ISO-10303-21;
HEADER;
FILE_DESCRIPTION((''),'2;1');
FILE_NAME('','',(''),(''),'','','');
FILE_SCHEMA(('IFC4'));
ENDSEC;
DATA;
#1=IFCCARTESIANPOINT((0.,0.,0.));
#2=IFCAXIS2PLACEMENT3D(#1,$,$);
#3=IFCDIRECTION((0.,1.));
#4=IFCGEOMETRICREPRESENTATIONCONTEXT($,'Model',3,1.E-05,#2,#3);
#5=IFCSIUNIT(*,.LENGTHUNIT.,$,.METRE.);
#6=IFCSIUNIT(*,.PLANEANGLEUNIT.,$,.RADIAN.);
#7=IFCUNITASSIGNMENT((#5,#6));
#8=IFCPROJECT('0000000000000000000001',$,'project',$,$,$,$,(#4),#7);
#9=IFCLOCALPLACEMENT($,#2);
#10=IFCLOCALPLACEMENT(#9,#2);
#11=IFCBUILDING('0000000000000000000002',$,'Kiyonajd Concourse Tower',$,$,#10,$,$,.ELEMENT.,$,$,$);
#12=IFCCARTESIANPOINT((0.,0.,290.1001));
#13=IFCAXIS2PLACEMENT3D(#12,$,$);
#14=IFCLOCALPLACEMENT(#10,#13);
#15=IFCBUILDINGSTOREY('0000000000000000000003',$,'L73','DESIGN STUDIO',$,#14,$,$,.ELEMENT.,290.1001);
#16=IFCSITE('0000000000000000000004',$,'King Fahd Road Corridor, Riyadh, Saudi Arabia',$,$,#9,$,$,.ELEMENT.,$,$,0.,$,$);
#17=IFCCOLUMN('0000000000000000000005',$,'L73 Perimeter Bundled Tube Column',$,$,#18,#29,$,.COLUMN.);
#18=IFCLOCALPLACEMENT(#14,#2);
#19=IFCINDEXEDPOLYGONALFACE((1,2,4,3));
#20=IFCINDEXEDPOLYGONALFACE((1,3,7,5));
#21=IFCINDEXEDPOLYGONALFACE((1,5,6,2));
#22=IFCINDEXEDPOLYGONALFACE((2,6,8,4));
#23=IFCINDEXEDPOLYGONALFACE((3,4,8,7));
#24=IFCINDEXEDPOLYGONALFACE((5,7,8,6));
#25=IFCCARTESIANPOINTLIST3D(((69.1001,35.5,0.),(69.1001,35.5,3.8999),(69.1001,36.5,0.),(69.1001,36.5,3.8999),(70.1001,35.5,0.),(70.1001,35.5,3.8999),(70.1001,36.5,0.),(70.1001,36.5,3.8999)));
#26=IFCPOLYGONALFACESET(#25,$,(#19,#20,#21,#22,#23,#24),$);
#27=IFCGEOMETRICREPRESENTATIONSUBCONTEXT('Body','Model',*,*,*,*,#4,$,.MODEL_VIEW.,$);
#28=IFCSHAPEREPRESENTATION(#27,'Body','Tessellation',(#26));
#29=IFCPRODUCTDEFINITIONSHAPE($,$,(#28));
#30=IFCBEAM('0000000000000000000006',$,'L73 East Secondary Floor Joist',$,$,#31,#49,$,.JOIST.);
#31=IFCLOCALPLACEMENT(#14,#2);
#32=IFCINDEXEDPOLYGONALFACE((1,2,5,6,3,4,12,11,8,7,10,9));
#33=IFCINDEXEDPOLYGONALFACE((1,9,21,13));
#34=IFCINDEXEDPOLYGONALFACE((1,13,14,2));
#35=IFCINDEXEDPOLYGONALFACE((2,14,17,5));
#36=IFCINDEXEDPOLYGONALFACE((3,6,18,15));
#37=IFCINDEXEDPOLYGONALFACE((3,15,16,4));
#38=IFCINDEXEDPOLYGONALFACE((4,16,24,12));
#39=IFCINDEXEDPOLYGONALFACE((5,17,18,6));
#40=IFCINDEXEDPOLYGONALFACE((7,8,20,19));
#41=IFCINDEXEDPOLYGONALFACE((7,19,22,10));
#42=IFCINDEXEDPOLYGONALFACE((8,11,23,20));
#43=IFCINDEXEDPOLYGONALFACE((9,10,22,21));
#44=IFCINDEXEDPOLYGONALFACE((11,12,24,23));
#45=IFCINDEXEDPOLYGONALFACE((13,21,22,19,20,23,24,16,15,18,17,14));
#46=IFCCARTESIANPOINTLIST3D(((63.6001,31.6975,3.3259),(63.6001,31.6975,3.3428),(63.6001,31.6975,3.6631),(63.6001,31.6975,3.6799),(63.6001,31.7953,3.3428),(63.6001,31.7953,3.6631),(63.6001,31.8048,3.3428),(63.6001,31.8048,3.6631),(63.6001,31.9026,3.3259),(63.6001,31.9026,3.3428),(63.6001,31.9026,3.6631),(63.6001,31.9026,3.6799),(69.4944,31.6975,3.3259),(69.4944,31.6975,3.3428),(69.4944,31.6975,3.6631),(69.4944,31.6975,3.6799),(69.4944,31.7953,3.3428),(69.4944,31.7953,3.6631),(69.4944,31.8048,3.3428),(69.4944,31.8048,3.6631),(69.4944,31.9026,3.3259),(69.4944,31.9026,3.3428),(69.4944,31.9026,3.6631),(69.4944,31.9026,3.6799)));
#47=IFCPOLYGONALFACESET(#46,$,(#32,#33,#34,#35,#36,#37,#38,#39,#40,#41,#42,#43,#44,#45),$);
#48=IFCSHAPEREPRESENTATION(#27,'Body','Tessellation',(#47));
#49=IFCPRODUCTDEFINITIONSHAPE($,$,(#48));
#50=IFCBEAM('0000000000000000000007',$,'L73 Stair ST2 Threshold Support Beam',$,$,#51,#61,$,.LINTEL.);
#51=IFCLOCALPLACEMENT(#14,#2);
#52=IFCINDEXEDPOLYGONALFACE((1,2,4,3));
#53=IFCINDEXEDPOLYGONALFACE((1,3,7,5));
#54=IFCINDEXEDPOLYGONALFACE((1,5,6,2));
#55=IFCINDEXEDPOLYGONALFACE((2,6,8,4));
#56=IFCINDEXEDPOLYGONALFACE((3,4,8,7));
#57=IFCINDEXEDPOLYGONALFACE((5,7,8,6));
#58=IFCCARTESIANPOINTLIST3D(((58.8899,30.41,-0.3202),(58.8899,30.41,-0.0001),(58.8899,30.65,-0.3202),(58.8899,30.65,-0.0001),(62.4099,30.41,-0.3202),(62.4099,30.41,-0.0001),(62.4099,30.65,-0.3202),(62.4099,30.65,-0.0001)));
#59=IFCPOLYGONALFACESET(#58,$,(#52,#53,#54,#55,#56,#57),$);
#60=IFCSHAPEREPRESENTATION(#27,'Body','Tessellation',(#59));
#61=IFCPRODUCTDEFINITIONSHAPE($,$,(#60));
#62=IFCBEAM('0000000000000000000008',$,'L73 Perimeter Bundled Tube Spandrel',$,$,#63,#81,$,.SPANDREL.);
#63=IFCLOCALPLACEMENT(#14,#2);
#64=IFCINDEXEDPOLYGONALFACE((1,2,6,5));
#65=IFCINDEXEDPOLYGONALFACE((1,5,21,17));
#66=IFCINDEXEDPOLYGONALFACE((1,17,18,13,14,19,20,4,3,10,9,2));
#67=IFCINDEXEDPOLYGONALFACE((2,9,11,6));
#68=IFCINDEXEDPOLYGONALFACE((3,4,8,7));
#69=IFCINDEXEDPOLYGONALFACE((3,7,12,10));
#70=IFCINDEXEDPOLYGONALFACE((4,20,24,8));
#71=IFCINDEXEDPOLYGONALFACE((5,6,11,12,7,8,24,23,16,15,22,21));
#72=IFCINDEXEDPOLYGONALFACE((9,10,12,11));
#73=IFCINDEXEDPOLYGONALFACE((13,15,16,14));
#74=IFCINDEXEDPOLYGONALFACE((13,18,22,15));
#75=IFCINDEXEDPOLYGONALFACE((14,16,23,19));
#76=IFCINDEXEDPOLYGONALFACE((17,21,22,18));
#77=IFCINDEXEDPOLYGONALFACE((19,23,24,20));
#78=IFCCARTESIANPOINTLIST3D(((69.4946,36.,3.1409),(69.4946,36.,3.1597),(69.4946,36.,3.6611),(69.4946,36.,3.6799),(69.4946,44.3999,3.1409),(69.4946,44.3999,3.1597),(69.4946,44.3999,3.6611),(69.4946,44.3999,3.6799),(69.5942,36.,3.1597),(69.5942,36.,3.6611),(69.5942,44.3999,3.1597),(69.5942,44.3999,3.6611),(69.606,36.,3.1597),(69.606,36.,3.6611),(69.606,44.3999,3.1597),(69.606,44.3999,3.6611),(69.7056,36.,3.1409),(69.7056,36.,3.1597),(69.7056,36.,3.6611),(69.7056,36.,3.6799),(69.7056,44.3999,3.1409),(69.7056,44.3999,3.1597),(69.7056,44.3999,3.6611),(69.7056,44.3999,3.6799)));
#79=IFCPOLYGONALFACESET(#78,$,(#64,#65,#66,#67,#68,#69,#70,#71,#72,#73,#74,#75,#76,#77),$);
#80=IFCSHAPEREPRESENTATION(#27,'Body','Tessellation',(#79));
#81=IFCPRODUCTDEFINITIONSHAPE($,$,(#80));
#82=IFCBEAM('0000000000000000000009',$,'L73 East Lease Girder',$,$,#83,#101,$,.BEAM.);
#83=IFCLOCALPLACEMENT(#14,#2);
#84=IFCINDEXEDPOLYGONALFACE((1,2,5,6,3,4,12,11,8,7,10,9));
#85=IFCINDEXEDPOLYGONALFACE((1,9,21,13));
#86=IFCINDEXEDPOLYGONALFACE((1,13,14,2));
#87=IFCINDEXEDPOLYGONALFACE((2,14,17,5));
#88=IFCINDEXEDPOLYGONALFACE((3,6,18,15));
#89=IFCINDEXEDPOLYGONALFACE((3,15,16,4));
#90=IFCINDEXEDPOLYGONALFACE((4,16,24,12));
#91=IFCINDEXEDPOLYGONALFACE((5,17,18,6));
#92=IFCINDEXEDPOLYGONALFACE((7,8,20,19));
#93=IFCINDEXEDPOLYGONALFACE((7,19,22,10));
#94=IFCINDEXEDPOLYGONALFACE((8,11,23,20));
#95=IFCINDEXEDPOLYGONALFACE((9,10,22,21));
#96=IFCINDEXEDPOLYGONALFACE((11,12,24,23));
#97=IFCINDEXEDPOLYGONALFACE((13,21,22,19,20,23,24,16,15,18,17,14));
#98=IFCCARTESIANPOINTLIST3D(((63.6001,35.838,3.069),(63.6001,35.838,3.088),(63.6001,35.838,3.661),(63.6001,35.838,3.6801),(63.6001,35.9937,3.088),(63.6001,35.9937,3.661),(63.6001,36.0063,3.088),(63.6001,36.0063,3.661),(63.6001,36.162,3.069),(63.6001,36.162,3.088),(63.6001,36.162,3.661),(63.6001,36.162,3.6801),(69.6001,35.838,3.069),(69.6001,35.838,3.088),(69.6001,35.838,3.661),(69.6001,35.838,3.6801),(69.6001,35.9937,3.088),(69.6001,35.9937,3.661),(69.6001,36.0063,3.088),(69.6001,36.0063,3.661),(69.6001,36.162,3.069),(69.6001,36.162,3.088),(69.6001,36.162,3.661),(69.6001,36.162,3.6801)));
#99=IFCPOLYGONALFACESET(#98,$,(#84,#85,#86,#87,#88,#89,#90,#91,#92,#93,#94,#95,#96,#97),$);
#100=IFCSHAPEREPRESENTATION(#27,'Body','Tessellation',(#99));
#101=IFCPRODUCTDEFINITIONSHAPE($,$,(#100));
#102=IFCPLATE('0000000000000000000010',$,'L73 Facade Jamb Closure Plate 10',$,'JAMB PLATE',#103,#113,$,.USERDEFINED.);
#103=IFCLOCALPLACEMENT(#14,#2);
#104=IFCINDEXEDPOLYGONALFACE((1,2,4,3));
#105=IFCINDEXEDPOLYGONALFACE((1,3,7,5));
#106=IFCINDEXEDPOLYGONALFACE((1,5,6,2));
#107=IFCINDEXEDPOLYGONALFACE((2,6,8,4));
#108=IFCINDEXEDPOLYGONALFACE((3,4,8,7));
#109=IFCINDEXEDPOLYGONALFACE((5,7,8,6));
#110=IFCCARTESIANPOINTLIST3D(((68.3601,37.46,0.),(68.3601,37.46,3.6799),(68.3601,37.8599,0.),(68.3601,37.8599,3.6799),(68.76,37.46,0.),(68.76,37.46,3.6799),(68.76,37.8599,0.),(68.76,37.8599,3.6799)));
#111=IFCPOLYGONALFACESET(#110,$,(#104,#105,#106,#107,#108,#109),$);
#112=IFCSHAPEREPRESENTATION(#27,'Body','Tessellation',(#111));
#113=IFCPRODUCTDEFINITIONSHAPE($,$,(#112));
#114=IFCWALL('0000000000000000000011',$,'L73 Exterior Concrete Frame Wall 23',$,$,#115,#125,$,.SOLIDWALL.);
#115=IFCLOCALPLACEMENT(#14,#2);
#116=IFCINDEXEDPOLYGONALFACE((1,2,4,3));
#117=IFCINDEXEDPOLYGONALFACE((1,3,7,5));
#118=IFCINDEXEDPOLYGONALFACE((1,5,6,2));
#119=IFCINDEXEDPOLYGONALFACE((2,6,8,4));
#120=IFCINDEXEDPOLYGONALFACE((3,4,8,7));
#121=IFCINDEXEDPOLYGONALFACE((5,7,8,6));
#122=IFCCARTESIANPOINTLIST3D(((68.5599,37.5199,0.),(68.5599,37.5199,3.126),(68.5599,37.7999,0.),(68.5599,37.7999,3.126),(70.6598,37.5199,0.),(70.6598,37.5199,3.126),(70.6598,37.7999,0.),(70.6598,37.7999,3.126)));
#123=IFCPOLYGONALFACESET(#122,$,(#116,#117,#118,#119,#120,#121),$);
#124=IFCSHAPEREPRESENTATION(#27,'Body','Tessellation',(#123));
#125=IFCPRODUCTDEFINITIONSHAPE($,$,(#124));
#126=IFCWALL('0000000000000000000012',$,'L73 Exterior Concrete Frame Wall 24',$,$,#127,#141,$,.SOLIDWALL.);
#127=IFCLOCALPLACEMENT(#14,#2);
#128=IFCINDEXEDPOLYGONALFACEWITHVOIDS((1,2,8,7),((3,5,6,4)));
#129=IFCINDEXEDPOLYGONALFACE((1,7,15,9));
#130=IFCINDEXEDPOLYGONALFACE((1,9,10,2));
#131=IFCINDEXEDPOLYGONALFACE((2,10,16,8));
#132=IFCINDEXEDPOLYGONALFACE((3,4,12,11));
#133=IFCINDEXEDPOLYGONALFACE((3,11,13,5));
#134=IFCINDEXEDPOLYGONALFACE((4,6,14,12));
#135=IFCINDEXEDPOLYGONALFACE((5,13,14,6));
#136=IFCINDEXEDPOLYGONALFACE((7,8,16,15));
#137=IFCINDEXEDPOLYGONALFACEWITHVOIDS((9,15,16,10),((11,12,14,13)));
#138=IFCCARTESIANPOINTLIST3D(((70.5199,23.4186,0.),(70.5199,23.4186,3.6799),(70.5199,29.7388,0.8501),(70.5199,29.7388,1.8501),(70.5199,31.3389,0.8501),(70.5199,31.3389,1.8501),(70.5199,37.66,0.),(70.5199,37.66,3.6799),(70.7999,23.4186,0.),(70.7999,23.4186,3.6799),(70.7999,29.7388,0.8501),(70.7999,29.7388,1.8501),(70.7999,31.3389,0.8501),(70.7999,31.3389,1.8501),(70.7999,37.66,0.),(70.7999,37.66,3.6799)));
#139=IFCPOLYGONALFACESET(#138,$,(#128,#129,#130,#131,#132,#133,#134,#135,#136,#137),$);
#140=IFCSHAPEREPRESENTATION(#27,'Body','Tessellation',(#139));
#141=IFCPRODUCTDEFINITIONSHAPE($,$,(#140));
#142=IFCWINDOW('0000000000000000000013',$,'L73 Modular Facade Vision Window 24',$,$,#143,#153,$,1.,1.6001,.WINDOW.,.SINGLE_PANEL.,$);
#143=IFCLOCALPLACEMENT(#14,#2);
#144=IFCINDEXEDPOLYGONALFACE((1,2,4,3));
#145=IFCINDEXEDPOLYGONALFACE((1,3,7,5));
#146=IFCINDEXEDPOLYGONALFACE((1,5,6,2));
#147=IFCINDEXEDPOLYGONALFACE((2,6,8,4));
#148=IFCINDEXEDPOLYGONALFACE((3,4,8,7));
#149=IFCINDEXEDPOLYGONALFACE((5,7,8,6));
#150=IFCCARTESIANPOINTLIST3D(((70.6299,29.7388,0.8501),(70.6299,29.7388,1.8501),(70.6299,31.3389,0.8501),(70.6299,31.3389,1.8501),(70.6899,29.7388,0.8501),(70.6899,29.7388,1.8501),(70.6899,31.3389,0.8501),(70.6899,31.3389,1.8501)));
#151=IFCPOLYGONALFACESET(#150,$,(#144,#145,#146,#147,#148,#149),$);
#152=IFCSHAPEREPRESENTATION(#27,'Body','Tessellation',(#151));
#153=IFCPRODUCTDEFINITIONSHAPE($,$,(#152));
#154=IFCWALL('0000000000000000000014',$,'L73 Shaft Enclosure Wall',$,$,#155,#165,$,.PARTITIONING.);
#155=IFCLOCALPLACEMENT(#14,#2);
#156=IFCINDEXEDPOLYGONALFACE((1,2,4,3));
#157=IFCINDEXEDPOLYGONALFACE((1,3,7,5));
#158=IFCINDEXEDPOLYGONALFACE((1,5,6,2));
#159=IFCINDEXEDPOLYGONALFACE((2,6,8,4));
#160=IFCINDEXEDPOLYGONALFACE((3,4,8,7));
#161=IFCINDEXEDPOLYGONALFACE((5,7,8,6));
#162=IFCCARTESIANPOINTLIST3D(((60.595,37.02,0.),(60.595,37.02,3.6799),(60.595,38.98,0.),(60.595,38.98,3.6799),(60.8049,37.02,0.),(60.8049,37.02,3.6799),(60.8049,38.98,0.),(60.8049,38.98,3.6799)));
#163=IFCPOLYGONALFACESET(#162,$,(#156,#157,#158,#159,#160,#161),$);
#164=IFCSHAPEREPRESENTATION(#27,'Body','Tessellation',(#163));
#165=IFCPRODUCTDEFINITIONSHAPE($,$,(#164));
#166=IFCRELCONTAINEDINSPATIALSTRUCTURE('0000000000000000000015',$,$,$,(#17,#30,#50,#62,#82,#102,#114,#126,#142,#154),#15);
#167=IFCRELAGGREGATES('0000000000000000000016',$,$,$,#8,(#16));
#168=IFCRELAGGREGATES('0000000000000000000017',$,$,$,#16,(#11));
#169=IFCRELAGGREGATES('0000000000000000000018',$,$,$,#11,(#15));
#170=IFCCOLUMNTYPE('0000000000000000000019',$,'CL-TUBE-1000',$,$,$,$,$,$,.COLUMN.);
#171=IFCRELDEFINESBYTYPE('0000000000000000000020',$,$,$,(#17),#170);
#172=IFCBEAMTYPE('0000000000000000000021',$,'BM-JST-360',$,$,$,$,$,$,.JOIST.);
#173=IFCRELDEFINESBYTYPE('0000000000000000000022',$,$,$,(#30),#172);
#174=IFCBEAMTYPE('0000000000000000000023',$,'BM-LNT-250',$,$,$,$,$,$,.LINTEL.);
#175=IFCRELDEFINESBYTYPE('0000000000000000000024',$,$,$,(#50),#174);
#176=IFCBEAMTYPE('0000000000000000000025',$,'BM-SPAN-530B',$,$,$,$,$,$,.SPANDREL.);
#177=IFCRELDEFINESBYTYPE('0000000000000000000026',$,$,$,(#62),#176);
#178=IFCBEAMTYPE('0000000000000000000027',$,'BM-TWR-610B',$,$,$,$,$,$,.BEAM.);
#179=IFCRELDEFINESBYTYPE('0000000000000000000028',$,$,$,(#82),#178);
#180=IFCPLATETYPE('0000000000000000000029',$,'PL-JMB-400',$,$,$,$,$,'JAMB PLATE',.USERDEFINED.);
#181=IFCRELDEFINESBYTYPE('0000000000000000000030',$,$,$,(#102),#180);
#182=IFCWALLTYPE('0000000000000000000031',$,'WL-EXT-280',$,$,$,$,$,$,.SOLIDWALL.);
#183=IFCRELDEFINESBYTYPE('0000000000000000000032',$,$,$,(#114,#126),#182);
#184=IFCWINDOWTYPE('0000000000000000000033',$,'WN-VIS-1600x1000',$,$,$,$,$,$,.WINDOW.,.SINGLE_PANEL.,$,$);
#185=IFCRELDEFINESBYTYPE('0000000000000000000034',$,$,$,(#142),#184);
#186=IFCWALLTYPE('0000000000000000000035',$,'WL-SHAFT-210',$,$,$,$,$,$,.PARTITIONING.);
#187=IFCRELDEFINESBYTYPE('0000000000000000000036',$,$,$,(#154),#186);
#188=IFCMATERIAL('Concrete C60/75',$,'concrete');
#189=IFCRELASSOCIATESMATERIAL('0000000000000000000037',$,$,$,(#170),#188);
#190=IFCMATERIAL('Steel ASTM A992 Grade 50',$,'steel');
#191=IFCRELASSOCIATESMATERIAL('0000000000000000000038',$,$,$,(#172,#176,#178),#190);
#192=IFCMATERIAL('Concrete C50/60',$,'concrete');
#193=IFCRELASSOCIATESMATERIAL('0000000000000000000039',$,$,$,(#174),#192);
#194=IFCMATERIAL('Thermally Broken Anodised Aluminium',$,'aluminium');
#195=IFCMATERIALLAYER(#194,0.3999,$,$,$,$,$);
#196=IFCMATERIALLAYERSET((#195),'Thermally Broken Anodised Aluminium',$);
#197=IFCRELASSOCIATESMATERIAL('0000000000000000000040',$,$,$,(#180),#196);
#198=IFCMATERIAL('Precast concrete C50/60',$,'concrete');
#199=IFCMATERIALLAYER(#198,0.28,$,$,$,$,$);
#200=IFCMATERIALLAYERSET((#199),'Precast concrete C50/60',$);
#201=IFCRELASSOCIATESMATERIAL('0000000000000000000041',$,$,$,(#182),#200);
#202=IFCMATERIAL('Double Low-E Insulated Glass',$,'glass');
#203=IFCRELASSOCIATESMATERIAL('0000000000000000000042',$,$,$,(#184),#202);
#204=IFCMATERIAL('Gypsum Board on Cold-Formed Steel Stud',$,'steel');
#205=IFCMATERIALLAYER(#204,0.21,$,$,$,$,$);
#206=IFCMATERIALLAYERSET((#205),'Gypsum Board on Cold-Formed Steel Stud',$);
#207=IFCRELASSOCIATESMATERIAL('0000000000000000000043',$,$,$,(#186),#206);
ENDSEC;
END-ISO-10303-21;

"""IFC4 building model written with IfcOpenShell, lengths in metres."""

from ifc_helpers import new_model, si_unit, direction, frame, frame_2d, origin, origin_2d, place, context, subcontext, project, spatial, rectangle, i_section, extrude, material, layer, layer_set, material_profile, profile_set, type_object, element, fill, save


model = new_model("IFC4")

# Units and contexts
model_context = context("Model", 3, precision=1e-05, world=origin(), true_north=direction((0.0, 1.0)))
body_context = subcontext(model_context, "Body", "Model", "MODEL_VIEW")
ifc_project = project(units=[si_unit("LENGTHUNIT", "METRE"), si_unit("PLANEANGLEUNIT", "RADIAN")], contexts=[model_context])

# Site, building, storey
site_placement = place(None, origin())
site = spatial("IfcSite", under=ifc_project, at=site_placement, Name="King Fahd Road Corridor, Riyadh, Saudi Arabia", CompositionType="ELEMENT", RefElevation=0.0)
building_placement = place(site_placement, origin())
building = spatial("IfcBuilding", under=site, at=building_placement, Name="Kiyonajd Concourse Tower", CompositionType="ELEMENT")
storey_placement = place(building_placement, frame((0.0, 0.0, 290.1001)))
storey = spatial("IfcBuildingStorey", under=building, at=storey_placement, Name="L73", Description="DESIGN STUDIO", CompositionType="ELEMENT", Elevation=290.1001)

# Column
ifc_material_1 = material(Name="Concrete C60/75", Category="concrete")
ifc_material_profile_1 = material_profile(ifc_material_1, rectangle(XDim=1.0, YDim=1.0, at=origin_2d()), Name="RC-1000x1000")
ifc_profile_set_1 = profile_set([ifc_material_profile_1], Name="Concrete C60/75")
column_type = type_object("IfcColumnType", Name="CL-TUBE-1000", PredefinedType="COLUMN", material=ifc_profile_set_1)
column_placement = place(storey_placement, frame((69.6001, 36.0, 0.0), z_axis=(0.0, 0.0, 1.0), x_axis=(1.0, 0.0, 0.0)))
element("IfcColumn", 1, at=column_placement, inside=storey, type_object=column_type, Name="L73 Perimeter Bundled Tube Column", PredefinedType="COLUMN", context=body_context, shape_type="SweptSolid", body=[
    extrude(rectangle(XDim=1.0, YDim=1.0, at=origin_2d()), origin(), (0.0, 0.0, 1.0), 3.8999),
])

# Beams
ifc_material_2 = material(Name="Steel ASTM A992 Grade 50", Category="steel")
ifc_material_profile_2 = material_profile(ifc_material_2, i_section(OverallWidth=0.2051, OverallDepth=0.354, WebThickness=0.0095, FlangeThickness=0.0168, at=origin_2d()), Name="W360X79")
ifc_profile_set_2 = profile_set([ifc_material_profile_2], Name="Steel ASTM A992 Grade 50")
beam_type_1 = type_object("IfcBeamType", Name="BM-JST-360", PredefinedType="JOIST", material=ifc_profile_set_2)
beam_1_placement = place(storey_placement, frame((63.6001, 31.8, 3.5029), z_axis=(1.0, 0.0, 0.0), x_axis=(0.0, 1.0, 0.0)))
element("IfcBeam", 2, at=beam_1_placement, inside=storey, type_object=beam_type_1, Name="L73 East Secondary Floor Joist", PredefinedType="JOIST", context=body_context, shape_type="SweptSolid", body=[
    extrude(i_section(OverallWidth=0.2051, OverallDepth=0.354, WebThickness=0.0095, FlangeThickness=0.0168, at=origin_2d()), origin(), (0.0, 0.0, 1.0), 5.8943),
])
ifc_material_3 = material(Name="Concrete C50/60", Category="concrete")
ifc_material_profile_3 = material_profile(ifc_material_3, rectangle(XDim=0.24, YDim=0.3201, at=origin_2d()), Name="RCBM-240x320")
ifc_profile_set_3 = profile_set([ifc_material_profile_3], Name="Concrete C50/60")
beam_type_2 = type_object("IfcBeamType", Name="BM-LNT-250", PredefinedType="LINTEL", material=ifc_profile_set_3)
beam_2_placement = place(storey_placement, frame((58.8899, 30.53, -0.1602), z_axis=(1.0, 0.0, 0.0), x_axis=(0.0, 1.0, 0.0)))
element("IfcBeam", 3, at=beam_2_placement, inside=storey, type_object=beam_type_2, Name="L73 Stair ST2 Threshold Support Beam", PredefinedType="LINTEL", context=body_context, shape_type="SweptSolid", body=[
    extrude(rectangle(XDim=0.24, YDim=0.3201, at=origin_2d()), origin(), (0.0, 0.0, 1.0), 3.52),
])
ifc_material_profile_4 = material_profile(ifc_material_2, i_section(OverallWidth=0.2109, OverallDepth=0.5391, WebThickness=0.0117, FlangeThickness=0.0188, at=origin_2d()), Name="W530X109")
ifc_profile_set_4 = profile_set([ifc_material_profile_4], Name="Steel ASTM A992 Grade 50")
beam_type_3 = type_object("IfcBeamType", Name="BM-SPAN-530B", PredefinedType="SPANDREL", material=ifc_profile_set_4)
beam_3_placement = place(storey_placement, frame((69.6001, 36.0, 3.4104), z_axis=(0.0, 1.0, 0.0), x_axis=(-1.0, 0.0, 0.0)))
element("IfcBeam", 4, at=beam_3_placement, inside=storey, type_object=beam_type_3, Name="L73 Perimeter Bundled Tube Spandrel", PredefinedType="SPANDREL", context=body_context, shape_type="SweptSolid", body=[
    extrude(i_section(OverallWidth=0.2109, OverallDepth=0.5391, WebThickness=0.0117, FlangeThickness=0.0188, at=origin_2d()), origin(), (0.0, 0.0, 1.0), 8.3999),
])
ifc_material_profile_5 = material_profile(ifc_material_2, i_section(OverallWidth=0.324, OverallDepth=0.6111, WebThickness=0.0127, FlangeThickness=0.019, at=origin_2d()), Name="W610X155")
ifc_profile_set_5 = profile_set([ifc_material_profile_5], Name="Steel ASTM A992 Grade 50")
beam_type_4 = type_object("IfcBeamType", Name="BM-TWR-610B", PredefinedType="BEAM", material=ifc_profile_set_5)
beam_4_placement = place(storey_placement, frame((63.6001, 36.0, 3.3745), z_axis=(1.0, 0.0, 0.0), x_axis=(0.0, 1.0, 0.0)))
element("IfcBeam", 5, at=beam_4_placement, inside=storey, type_object=beam_type_4, Name="L73 East Lease Girder", PredefinedType="BEAM", context=body_context, shape_type="SweptSolid", body=[
    extrude(i_section(OverallWidth=0.324, OverallDepth=0.6111, WebThickness=0.0127, FlangeThickness=0.019, at=origin_2d()), origin(), (0.0, 0.0, 1.0), 6.0),
])

# Plate
ifc_material_4 = material(Name="Thermally Broken Anodised Aluminium", Category="aluminium")
ifc_layer_1 = layer(ifc_material_4, 0.3999)
ifc_layer_set_1 = layer_set([ifc_layer_1], Name="Thermally Broken Anodised Aluminium")
plate_type = type_object("IfcPlateType", Name="PL-JMB-400", ElementType="JAMB PLATE", PredefinedType="USERDEFINED", material=ifc_layer_set_1)
plate_placement = place(storey_placement, frame((68.5601, 37.6599, 0.0), z_axis=(0.0, 0.0, 1.0), x_axis=(1.0, 0.0, 0.0)))
element("IfcPlate", 6, at=plate_placement, inside=storey, type_object=plate_type, Name="L73 Facade Jamb Closure Plate 10", ObjectType="JAMB PLATE", PredefinedType="USERDEFINED", context=body_context, shape_type="SweptSolid", body=[
    extrude(rectangle(XDim=0.3999, YDim=0.3999, at=origin_2d()), origin(), (0.0, 0.0, 1.0), 3.6799),
])

# Wall
ifc_material_5 = material(Name="Precast concrete C50/60", Category="concrete")
ifc_layer_2 = layer(ifc_material_5, 0.28)
ifc_layer_set_2 = layer_set([ifc_layer_2], Name="Precast concrete C50/60")
wall_type_1 = type_object("IfcWallType", Name="WL-EXT-280", PredefinedType="SOLIDWALL", material=ifc_layer_set_2)
wall_1_placement = place(storey_placement, frame((68.5601, 37.6599, 0.0), z_axis=(0.0, 0.0, 1.0), x_axis=(1.0, 0.0, 0.0)))
element("IfcWall", 7, at=wall_1_placement, inside=storey, type_object=wall_type_1, Name="L73 Exterior Concrete Frame Wall 23", PredefinedType="SOLIDWALL", context=body_context, shape_type="SweptSolid", body=[
    extrude(rectangle(XDim=2.0999, YDim=0.28, at=frame_2d((1.0498, 0.0))), origin(), (0.0, 0.0, 1.0), 3.126),
])

# Wall, opening, window
wall_2_placement = place(storey_placement, frame((70.6599, 37.6599, 0.0), z_axis=(0.0, 0.0, 1.0), x_axis=(0.0, -1.0, 0.0)))
wall_2 = element("IfcWall", 8, at=wall_2_placement, inside=storey, type_object=wall_type_1, Name="L73 Exterior Concrete Frame Wall 24", PredefinedType="SOLIDWALL", context=body_context, shape_type="SweptSolid", body=[
    extrude(rectangle(XDim=14.2415, YDim=0.28, at=frame_2d((7.1206, 0.0))), origin(), (0.0, 0.0, 1.0), 3.6799),
])
opening_placement = place(wall_2_placement, frame((6.321, 0.0, 0.8501)))
opening = element("IfcOpeningElement", 9, at=opening_placement, cuts=wall_2, PredefinedType="OPENING", context=body_context, shape_type="SweptSolid", body=[
    extrude(rectangle(XDim=1.6001, YDim=1.0, at=frame_2d((0.8, 0.5))), frame((0.0, 0.1499, 0.0), z_axis=(0.0, -1.0, 0.0), x_axis=(1.0, 0.0, 0.0)), (0.0, 0.0, 1.0), 0.3),
])
ifc_material_6 = material(Name="Double Low-E Insulated Glass", Category="glass")
window_type = type_object("IfcWindowType", Name="WN-VIS-1600x1000", PartitioningType="SINGLE_PANEL", PredefinedType="WINDOW", material=ifc_material_6)
window_placement = place(opening_placement, origin())
window = element("IfcWindow", 10, at=window_placement, inside=storey, type_object=window_type, Name="L73 Modular Facade Vision Window 24", OverallHeight=1.0, OverallWidth=1.6001, PartitioningType="SINGLE_PANEL", PredefinedType="WINDOW", context=body_context, shape_type="SweptSolid", body=[
    extrude(rectangle(XDim=1.6001, YDim=1.0, at=frame_2d((0.8, 0.5))), frame((0.0, 0.03, 0.0), z_axis=(0.0, -1.0, 0.0), x_axis=(1.0, 0.0, 0.0)), (0.0, 0.0, 1.0), 0.0601),
])
fill(opening, window)

# Wall
ifc_material_7 = material(Name="Gypsum Board on Cold-Formed Steel Stud", Category="steel")
ifc_layer_3 = layer(ifc_material_7, 0.21)
ifc_layer_set_3 = layer_set([ifc_layer_3], Name="Gypsum Board on Cold-Formed Steel Stud")
wall_type_2 = type_object("IfcWallType", Name="WL-SHAFT-210", PredefinedType="PARTITIONING", material=ifc_layer_set_3)
wall_3_placement = place(storey_placement, frame((60.7, 37.02, 0.0), z_axis=(0.0, 0.0, 1.0), x_axis=(0.0, 1.0, 0.0)))
element("IfcWall", 11, at=wall_3_placement, inside=storey, type_object=wall_type_2, Name="L73 Shaft Enclosure Wall", PredefinedType="PARTITIONING", context=body_context, shape_type="SweptSolid", body=[
    extrude(rectangle(XDim=1.96, YDim=0.21, at=frame_2d((0.98, 0.0))), origin(), (0.0, 0.0, 1.0), 3.6799),
])

save(model, "model.ifc")
